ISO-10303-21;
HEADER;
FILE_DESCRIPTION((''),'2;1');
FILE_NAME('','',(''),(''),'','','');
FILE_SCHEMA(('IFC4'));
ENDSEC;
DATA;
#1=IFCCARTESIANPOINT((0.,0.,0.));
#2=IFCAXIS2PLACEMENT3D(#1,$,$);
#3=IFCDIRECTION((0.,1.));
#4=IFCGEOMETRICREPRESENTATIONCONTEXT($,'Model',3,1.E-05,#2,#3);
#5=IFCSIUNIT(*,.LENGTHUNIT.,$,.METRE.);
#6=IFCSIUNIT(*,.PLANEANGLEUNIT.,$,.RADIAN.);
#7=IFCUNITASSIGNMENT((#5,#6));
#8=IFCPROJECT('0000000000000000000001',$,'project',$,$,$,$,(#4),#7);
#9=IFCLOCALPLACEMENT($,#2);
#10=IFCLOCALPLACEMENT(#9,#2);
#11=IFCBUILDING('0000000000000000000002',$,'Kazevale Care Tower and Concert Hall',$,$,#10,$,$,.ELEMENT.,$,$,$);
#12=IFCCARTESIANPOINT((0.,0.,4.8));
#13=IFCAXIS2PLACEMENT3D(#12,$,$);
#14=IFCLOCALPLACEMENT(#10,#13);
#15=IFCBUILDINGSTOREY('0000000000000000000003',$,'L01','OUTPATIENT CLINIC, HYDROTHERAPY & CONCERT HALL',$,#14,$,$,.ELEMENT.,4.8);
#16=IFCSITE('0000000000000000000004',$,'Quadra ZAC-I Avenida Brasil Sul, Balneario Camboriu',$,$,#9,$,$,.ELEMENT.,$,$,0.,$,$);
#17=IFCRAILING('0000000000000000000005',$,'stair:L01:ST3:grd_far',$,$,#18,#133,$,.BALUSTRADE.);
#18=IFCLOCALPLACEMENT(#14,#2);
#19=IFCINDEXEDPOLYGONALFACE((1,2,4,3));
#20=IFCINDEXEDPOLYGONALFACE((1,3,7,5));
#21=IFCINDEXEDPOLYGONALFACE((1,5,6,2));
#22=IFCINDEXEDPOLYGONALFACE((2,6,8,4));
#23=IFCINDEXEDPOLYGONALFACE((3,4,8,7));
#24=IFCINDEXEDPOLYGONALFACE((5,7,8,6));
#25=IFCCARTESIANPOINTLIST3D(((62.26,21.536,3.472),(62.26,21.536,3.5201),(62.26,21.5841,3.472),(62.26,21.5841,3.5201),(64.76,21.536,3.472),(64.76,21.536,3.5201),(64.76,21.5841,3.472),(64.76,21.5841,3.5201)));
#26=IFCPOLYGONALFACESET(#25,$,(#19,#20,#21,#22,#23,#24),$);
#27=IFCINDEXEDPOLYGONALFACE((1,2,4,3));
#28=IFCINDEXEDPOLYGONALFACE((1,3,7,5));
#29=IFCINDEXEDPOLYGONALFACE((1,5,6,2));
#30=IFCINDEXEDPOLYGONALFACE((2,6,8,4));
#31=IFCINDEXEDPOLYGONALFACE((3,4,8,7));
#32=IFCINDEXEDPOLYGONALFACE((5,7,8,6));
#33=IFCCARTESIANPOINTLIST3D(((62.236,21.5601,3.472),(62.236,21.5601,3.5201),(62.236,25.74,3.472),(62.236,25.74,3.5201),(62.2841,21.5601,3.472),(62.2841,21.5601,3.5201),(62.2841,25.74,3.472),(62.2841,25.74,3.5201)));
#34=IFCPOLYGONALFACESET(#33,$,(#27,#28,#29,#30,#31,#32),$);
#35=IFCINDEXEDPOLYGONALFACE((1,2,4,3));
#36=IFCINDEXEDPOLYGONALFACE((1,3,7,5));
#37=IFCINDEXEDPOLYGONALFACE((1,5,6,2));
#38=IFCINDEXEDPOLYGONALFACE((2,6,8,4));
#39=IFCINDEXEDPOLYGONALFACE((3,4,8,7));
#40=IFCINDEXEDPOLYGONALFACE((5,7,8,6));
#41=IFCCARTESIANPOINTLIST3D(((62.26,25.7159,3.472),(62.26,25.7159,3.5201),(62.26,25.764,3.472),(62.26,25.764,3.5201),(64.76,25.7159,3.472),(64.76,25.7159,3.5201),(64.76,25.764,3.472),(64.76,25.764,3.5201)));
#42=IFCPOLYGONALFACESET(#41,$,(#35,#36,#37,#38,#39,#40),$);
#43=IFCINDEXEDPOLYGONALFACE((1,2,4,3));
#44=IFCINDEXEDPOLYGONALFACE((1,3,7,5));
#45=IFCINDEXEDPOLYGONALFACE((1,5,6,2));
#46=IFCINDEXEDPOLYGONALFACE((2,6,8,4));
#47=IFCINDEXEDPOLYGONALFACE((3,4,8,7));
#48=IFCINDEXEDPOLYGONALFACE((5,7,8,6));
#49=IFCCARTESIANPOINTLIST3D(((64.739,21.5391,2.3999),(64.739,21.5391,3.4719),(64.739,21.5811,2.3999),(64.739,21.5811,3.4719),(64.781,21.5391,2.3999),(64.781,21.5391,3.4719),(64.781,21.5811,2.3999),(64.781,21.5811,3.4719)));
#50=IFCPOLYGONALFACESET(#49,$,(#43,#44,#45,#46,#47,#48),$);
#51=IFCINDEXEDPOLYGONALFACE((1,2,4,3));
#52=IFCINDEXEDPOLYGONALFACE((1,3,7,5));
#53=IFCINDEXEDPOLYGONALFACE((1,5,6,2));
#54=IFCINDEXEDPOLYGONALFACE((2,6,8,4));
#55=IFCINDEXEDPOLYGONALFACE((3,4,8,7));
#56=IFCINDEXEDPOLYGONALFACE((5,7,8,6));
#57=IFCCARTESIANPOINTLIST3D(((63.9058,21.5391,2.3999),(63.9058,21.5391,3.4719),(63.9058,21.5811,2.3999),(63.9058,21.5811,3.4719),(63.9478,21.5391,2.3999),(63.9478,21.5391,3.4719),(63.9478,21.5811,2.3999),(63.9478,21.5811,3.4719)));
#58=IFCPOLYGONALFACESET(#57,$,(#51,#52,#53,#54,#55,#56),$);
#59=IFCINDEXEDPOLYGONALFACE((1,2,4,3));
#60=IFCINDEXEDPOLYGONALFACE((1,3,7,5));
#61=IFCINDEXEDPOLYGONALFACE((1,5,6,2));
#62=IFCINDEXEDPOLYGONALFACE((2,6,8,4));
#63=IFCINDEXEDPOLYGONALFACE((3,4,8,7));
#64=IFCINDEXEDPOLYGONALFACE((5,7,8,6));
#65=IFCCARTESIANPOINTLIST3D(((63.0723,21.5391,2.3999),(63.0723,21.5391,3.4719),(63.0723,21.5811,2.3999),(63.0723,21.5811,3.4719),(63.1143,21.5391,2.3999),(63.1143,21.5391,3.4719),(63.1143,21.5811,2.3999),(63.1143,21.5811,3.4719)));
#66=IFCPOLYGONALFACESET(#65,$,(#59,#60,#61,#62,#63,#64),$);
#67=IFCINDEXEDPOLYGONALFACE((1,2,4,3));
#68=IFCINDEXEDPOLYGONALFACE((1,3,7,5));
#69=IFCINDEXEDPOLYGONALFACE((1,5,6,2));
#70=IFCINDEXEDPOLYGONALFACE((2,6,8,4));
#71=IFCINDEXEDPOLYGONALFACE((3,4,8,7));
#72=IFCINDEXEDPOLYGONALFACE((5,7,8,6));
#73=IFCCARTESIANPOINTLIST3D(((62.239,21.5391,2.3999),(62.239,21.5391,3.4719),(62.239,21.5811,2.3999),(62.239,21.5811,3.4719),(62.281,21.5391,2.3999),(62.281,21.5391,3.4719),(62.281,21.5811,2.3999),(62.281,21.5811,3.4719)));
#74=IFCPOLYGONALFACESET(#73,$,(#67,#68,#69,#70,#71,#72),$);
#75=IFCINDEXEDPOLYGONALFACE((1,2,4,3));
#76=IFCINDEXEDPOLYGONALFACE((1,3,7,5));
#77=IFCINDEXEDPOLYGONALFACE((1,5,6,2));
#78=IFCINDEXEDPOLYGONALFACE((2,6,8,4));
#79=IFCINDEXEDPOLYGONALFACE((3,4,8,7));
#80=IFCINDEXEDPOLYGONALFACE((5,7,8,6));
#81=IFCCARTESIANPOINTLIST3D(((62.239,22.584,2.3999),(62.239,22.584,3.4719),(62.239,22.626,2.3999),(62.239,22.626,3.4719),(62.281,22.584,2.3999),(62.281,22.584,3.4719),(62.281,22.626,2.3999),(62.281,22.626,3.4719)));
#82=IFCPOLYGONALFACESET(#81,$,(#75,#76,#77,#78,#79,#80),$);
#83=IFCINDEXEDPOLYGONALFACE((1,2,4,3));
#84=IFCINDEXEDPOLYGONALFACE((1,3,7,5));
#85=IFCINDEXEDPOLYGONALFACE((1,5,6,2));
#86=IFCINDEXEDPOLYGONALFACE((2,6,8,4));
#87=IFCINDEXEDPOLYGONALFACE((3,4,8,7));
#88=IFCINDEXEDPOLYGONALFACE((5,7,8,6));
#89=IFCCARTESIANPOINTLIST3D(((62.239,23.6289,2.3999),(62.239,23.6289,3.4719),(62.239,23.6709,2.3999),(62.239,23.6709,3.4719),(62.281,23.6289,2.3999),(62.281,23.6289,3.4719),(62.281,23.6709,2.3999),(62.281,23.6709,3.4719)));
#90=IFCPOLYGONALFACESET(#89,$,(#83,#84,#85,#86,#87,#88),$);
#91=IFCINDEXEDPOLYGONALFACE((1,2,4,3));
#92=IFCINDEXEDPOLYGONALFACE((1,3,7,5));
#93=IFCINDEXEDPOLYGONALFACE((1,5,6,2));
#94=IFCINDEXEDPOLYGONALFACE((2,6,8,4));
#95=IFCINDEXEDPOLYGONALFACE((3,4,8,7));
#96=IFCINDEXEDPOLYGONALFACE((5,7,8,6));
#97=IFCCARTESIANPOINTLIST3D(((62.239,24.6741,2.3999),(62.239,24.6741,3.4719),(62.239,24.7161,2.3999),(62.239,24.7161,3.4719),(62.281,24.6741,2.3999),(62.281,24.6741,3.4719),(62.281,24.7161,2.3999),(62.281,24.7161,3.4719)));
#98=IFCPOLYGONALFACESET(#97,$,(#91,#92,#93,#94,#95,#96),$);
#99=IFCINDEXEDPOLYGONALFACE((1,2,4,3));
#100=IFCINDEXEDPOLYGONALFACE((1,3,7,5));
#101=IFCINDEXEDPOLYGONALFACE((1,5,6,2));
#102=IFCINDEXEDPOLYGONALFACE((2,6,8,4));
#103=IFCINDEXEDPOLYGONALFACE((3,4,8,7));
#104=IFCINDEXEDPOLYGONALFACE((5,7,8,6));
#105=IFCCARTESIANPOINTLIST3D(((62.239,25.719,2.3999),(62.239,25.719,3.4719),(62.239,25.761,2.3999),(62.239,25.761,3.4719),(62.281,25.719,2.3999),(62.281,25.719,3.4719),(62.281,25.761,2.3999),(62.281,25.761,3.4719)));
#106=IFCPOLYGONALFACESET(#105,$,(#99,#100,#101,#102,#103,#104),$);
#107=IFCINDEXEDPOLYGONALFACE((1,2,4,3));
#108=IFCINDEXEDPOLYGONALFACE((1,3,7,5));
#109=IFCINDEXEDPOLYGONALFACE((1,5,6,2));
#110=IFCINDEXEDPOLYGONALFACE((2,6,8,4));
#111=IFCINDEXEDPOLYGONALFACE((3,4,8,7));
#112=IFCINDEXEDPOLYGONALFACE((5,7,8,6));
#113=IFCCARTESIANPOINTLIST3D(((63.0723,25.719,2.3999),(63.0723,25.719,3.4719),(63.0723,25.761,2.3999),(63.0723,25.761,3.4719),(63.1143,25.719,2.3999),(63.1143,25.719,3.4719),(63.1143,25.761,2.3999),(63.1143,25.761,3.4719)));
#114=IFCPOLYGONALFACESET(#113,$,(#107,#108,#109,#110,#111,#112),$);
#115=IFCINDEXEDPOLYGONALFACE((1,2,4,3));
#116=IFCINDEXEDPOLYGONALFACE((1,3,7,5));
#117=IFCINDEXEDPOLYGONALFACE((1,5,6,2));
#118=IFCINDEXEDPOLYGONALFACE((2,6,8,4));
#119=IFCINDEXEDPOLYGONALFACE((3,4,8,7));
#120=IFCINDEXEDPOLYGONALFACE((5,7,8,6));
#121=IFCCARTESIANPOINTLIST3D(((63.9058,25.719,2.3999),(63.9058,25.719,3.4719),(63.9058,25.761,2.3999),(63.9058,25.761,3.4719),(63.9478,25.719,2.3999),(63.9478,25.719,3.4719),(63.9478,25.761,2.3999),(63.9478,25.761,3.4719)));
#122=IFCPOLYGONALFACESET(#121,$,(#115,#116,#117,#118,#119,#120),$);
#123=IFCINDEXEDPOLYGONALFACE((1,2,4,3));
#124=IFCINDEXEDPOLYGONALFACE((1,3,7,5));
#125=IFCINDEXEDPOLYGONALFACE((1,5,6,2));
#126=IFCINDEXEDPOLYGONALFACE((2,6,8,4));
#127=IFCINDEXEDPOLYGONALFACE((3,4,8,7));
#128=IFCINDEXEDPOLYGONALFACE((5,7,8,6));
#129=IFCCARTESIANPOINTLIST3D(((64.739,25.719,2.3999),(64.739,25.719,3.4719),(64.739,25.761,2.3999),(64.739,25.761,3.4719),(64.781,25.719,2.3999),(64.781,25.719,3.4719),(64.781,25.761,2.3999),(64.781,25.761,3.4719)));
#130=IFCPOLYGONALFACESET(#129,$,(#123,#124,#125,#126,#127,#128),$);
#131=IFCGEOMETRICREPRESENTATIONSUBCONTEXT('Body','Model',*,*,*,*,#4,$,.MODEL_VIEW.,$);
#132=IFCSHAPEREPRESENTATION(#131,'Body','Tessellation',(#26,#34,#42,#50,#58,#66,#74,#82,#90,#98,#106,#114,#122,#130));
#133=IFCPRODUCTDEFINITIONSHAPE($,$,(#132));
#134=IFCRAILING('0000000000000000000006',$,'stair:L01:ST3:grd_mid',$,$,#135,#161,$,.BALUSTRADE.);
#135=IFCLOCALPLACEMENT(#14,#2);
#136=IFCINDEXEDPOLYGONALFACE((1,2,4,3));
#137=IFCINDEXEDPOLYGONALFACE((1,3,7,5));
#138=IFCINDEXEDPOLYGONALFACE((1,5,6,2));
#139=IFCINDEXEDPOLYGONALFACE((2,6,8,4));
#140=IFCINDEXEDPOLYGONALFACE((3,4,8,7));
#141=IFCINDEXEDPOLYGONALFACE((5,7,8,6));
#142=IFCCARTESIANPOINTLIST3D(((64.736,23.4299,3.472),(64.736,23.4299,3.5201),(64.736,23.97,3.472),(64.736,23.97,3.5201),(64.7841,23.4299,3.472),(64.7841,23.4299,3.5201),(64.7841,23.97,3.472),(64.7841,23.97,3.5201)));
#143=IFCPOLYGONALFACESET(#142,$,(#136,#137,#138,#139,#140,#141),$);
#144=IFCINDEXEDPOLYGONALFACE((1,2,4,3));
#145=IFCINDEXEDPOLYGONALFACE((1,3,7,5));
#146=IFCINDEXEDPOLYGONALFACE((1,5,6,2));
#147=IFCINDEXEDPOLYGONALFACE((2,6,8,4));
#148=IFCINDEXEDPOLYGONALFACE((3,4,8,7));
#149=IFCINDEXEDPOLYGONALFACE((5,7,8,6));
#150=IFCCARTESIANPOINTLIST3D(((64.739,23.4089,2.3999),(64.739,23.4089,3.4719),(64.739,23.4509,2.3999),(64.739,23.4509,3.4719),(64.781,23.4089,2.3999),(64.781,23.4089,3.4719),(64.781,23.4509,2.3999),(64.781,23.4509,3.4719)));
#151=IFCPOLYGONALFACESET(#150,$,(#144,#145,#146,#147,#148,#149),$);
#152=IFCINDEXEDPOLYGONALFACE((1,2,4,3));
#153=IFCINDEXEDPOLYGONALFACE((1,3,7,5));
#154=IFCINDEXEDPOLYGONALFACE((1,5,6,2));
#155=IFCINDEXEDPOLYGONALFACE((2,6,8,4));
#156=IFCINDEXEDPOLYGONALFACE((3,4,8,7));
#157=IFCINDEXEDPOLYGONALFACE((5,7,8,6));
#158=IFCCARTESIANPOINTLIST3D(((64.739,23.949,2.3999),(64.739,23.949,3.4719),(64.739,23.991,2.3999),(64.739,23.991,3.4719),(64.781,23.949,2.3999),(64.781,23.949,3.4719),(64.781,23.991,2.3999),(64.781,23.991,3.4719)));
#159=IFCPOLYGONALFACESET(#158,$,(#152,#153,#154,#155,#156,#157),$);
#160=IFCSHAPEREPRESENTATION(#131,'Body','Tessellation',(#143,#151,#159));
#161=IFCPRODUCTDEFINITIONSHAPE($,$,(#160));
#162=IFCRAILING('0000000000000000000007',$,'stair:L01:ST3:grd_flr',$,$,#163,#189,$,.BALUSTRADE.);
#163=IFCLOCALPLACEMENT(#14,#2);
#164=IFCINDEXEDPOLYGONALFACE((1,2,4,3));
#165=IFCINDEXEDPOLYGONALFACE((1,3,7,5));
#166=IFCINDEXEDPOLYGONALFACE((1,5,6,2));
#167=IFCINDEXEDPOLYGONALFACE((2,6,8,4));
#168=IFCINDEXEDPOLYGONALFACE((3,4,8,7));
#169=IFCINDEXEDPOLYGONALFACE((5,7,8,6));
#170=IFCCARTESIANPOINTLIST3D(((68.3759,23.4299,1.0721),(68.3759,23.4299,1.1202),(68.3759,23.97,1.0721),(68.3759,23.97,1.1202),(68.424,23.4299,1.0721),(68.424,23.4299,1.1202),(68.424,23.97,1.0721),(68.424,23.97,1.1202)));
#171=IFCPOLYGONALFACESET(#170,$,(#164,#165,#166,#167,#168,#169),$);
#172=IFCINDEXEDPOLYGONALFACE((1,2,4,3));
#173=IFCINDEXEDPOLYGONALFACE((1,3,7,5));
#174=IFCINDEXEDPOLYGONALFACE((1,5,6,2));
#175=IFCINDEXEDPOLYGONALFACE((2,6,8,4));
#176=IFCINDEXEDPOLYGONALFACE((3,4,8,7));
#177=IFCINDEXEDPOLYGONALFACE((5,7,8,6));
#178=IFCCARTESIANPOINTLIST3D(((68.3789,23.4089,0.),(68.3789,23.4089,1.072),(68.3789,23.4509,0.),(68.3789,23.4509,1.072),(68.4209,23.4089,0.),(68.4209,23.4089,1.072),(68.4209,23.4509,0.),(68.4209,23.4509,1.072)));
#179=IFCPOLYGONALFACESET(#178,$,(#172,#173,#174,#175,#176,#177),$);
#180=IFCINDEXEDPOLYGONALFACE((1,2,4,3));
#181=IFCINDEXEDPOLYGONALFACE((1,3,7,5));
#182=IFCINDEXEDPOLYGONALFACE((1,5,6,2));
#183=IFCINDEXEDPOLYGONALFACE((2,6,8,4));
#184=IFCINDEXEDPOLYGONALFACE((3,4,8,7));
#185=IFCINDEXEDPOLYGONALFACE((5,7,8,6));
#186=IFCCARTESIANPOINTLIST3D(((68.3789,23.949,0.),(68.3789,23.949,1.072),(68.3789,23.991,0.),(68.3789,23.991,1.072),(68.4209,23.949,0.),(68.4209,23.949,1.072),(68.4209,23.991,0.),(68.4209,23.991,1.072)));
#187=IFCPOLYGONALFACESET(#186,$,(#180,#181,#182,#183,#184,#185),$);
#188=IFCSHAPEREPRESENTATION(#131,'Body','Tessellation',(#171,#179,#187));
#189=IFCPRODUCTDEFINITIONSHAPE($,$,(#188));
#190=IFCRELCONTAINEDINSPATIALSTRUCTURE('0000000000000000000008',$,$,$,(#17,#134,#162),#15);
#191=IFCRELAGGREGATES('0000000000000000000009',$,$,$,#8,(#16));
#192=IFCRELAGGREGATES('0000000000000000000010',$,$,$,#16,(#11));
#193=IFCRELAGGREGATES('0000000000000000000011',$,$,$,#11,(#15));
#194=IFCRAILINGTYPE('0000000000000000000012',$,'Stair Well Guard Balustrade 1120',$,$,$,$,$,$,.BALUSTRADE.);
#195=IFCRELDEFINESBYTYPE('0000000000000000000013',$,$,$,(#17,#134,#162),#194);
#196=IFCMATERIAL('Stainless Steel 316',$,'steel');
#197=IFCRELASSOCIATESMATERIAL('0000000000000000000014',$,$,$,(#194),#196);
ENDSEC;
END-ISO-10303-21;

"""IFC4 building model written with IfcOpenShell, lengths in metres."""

from ifc_helpers import new_model, si_unit, direction, frame, origin, origin_2d, place, context, subcontext, project, spatial, rectangle, extrude, material, type_object, element, save


model = new_model("IFC4")

# Units and contexts
model_context = context("Model", 3, precision=1e-05, world=origin(), true_north=direction((0.0, 1.0)))
body_context = subcontext(model_context, "Body", "Model", "MODEL_VIEW")
ifc_project = project(units=[si_unit("LENGTHUNIT", "METRE"), si_unit("PLANEANGLEUNIT", "RADIAN")], contexts=[model_context])

# Site, building, storey
site_placement = place(None, origin())
site = spatial("IfcSite", under=ifc_project, at=site_placement, Name="Quadra ZAC-I Avenida Brasil Sul, Balneario Camboriu", CompositionType="ELEMENT", RefElevation=0.0)
building_placement = place(site_placement, origin())
building = spatial("IfcBuilding", under=site, at=building_placement, Name="Kazevale Care Tower and Concert Hall", CompositionType="ELEMENT")
storey_placement = place(building_placement, frame((0.0, 0.0, 4.8)))
storey = spatial("IfcBuildingStorey", under=building, at=storey_placement, Name="L01", Description="OUTPATIENT CLINIC, HYDROTHERAPY & CONCERT HALL", CompositionType="ELEMENT", Elevation=4.8)

# Railings
ifc_material_1 = material(Name="Stainless Steel 316", Category="steel")
railing_type_1 = type_object("IfcRailingType", Name="Stair Well Guard Balustrade 1120", PredefinedType="BALUSTRADE", material=ifc_material_1)
railing_1_placement = place(storey_placement, frame((64.76, 21.5601, 2.3999)))
element("IfcRailing", 1, at=railing_1_placement, inside=storey, type_object=railing_type_1, Name="stair:L01:ST3:grd_far", PredefinedType="BALUSTRADE", context=body_context, shape_type="SweptSolid", body=[
    extrude(rectangle(XDim=0.0481, YDim=0.0481, at=origin_2d()), frame((0.0, 0.0, 1.0962), z_axis=(-1.0, 0.0, 0.0), x_axis=(0.0, -1.0, 0.0)), (0.0, 0.0, 1.0), 2.5),
    extrude(rectangle(XDim=0.0481, YDim=0.0481, at=origin_2d()), frame((-2.5, 0.0, 1.0962), z_axis=(0.0, 1.0, 0.0), x_axis=(-1.0, 0.0, 0.0)), (0.0, 0.0, 1.0), 4.1799),
    extrude(rectangle(XDim=0.0481, YDim=0.0481, at=origin_2d()), frame((-2.5, 4.1799, 1.0962), z_axis=(1.0, 0.0, 0.0), x_axis=(0.0, 1.0, 0.0)), (0.0, 0.0, 1.0), 2.5),
    extrude(rectangle(XDim=0.042, YDim=0.042, at=origin_2d()), origin(), (0.0, 0.0, 1.0), 1.072),
    extrude(rectangle(XDim=0.042, YDim=0.042, at=origin_2d()), frame((-0.8333, 0.0, 0.0)), (0.0, 0.0, 1.0), 1.072),
    extrude(rectangle(XDim=0.042, YDim=0.042, at=origin_2d()), frame((-1.6667, 0.0, 0.0)), (0.0, 0.0, 1.0), 1.072),
    extrude(rectangle(XDim=0.042, YDim=0.042, at=origin_2d()), frame((-2.5, 0.0, 0.0)), (0.0, 0.0, 1.0), 1.072),
    extrude(rectangle(XDim=0.042, YDim=0.042, at=origin_2d()), frame((-2.5, 1.0449, 0.0)), (0.0, 0.0, 1.0), 1.072),
    extrude(rectangle(XDim=0.042, YDim=0.042, at=origin_2d()), frame((-2.5, 2.0898, 0.0)), (0.0, 0.0, 1.0), 1.072),
    extrude(rectangle(XDim=0.042, YDim=0.042, at=origin_2d()), frame((-2.5, 3.135, 0.0)), (0.0, 0.0, 1.0), 1.072),
    extrude(rectangle(XDim=0.042, YDim=0.042, at=origin_2d()), frame((-2.5, 4.1799, 0.0)), (0.0, 0.0, 1.0), 1.072),
    extrude(rectangle(XDim=0.042, YDim=0.042, at=origin_2d()), frame((-1.6667, 4.1799, 0.0)), (0.0, 0.0, 1.0), 1.072),
    extrude(rectangle(XDim=0.042, YDim=0.042, at=origin_2d()), frame((-0.8333, 4.1799, 0.0)), (0.0, 0.0, 1.0), 1.072),
    extrude(rectangle(XDim=0.042, YDim=0.042, at=origin_2d()), frame((0.0, 4.1799, 0.0)), (0.0, 0.0, 1.0), 1.072),
])
for number, where, name in (
    (2, (64.76, 23.4299, 2.3999), "stair:L01:ST3:grd_mid"),
    (3, (68.3999, 23.4299, 0.0), "stair:L01:ST3:grd_flr"),
):
    element("IfcRailing", number, at=place(storey_placement, frame(where)), inside=storey, type_object=railing_type_1, Name=name, PredefinedType="BALUSTRADE", context=body_context, shape_type="SweptSolid", body=[
        extrude(rectangle(XDim=0.0481, YDim=0.0481, at=origin_2d()), frame((0.0, 0.0, 1.0962), z_axis=(0.0, 1.0, 0.0), x_axis=(-1.0, 0.0, 0.0)), (0.0, 0.0, 1.0), 0.54),
        extrude(rectangle(XDim=0.042, YDim=0.042, at=origin_2d()), origin(), (0.0, 0.0, 1.0), 1.072),
        extrude(rectangle(XDim=0.042, YDim=0.042, at=origin_2d()), frame((0.0, 0.54, 0.0)), (0.0, 0.0, 1.0), 1.072),
    ])

save(model, "model.ifc")
